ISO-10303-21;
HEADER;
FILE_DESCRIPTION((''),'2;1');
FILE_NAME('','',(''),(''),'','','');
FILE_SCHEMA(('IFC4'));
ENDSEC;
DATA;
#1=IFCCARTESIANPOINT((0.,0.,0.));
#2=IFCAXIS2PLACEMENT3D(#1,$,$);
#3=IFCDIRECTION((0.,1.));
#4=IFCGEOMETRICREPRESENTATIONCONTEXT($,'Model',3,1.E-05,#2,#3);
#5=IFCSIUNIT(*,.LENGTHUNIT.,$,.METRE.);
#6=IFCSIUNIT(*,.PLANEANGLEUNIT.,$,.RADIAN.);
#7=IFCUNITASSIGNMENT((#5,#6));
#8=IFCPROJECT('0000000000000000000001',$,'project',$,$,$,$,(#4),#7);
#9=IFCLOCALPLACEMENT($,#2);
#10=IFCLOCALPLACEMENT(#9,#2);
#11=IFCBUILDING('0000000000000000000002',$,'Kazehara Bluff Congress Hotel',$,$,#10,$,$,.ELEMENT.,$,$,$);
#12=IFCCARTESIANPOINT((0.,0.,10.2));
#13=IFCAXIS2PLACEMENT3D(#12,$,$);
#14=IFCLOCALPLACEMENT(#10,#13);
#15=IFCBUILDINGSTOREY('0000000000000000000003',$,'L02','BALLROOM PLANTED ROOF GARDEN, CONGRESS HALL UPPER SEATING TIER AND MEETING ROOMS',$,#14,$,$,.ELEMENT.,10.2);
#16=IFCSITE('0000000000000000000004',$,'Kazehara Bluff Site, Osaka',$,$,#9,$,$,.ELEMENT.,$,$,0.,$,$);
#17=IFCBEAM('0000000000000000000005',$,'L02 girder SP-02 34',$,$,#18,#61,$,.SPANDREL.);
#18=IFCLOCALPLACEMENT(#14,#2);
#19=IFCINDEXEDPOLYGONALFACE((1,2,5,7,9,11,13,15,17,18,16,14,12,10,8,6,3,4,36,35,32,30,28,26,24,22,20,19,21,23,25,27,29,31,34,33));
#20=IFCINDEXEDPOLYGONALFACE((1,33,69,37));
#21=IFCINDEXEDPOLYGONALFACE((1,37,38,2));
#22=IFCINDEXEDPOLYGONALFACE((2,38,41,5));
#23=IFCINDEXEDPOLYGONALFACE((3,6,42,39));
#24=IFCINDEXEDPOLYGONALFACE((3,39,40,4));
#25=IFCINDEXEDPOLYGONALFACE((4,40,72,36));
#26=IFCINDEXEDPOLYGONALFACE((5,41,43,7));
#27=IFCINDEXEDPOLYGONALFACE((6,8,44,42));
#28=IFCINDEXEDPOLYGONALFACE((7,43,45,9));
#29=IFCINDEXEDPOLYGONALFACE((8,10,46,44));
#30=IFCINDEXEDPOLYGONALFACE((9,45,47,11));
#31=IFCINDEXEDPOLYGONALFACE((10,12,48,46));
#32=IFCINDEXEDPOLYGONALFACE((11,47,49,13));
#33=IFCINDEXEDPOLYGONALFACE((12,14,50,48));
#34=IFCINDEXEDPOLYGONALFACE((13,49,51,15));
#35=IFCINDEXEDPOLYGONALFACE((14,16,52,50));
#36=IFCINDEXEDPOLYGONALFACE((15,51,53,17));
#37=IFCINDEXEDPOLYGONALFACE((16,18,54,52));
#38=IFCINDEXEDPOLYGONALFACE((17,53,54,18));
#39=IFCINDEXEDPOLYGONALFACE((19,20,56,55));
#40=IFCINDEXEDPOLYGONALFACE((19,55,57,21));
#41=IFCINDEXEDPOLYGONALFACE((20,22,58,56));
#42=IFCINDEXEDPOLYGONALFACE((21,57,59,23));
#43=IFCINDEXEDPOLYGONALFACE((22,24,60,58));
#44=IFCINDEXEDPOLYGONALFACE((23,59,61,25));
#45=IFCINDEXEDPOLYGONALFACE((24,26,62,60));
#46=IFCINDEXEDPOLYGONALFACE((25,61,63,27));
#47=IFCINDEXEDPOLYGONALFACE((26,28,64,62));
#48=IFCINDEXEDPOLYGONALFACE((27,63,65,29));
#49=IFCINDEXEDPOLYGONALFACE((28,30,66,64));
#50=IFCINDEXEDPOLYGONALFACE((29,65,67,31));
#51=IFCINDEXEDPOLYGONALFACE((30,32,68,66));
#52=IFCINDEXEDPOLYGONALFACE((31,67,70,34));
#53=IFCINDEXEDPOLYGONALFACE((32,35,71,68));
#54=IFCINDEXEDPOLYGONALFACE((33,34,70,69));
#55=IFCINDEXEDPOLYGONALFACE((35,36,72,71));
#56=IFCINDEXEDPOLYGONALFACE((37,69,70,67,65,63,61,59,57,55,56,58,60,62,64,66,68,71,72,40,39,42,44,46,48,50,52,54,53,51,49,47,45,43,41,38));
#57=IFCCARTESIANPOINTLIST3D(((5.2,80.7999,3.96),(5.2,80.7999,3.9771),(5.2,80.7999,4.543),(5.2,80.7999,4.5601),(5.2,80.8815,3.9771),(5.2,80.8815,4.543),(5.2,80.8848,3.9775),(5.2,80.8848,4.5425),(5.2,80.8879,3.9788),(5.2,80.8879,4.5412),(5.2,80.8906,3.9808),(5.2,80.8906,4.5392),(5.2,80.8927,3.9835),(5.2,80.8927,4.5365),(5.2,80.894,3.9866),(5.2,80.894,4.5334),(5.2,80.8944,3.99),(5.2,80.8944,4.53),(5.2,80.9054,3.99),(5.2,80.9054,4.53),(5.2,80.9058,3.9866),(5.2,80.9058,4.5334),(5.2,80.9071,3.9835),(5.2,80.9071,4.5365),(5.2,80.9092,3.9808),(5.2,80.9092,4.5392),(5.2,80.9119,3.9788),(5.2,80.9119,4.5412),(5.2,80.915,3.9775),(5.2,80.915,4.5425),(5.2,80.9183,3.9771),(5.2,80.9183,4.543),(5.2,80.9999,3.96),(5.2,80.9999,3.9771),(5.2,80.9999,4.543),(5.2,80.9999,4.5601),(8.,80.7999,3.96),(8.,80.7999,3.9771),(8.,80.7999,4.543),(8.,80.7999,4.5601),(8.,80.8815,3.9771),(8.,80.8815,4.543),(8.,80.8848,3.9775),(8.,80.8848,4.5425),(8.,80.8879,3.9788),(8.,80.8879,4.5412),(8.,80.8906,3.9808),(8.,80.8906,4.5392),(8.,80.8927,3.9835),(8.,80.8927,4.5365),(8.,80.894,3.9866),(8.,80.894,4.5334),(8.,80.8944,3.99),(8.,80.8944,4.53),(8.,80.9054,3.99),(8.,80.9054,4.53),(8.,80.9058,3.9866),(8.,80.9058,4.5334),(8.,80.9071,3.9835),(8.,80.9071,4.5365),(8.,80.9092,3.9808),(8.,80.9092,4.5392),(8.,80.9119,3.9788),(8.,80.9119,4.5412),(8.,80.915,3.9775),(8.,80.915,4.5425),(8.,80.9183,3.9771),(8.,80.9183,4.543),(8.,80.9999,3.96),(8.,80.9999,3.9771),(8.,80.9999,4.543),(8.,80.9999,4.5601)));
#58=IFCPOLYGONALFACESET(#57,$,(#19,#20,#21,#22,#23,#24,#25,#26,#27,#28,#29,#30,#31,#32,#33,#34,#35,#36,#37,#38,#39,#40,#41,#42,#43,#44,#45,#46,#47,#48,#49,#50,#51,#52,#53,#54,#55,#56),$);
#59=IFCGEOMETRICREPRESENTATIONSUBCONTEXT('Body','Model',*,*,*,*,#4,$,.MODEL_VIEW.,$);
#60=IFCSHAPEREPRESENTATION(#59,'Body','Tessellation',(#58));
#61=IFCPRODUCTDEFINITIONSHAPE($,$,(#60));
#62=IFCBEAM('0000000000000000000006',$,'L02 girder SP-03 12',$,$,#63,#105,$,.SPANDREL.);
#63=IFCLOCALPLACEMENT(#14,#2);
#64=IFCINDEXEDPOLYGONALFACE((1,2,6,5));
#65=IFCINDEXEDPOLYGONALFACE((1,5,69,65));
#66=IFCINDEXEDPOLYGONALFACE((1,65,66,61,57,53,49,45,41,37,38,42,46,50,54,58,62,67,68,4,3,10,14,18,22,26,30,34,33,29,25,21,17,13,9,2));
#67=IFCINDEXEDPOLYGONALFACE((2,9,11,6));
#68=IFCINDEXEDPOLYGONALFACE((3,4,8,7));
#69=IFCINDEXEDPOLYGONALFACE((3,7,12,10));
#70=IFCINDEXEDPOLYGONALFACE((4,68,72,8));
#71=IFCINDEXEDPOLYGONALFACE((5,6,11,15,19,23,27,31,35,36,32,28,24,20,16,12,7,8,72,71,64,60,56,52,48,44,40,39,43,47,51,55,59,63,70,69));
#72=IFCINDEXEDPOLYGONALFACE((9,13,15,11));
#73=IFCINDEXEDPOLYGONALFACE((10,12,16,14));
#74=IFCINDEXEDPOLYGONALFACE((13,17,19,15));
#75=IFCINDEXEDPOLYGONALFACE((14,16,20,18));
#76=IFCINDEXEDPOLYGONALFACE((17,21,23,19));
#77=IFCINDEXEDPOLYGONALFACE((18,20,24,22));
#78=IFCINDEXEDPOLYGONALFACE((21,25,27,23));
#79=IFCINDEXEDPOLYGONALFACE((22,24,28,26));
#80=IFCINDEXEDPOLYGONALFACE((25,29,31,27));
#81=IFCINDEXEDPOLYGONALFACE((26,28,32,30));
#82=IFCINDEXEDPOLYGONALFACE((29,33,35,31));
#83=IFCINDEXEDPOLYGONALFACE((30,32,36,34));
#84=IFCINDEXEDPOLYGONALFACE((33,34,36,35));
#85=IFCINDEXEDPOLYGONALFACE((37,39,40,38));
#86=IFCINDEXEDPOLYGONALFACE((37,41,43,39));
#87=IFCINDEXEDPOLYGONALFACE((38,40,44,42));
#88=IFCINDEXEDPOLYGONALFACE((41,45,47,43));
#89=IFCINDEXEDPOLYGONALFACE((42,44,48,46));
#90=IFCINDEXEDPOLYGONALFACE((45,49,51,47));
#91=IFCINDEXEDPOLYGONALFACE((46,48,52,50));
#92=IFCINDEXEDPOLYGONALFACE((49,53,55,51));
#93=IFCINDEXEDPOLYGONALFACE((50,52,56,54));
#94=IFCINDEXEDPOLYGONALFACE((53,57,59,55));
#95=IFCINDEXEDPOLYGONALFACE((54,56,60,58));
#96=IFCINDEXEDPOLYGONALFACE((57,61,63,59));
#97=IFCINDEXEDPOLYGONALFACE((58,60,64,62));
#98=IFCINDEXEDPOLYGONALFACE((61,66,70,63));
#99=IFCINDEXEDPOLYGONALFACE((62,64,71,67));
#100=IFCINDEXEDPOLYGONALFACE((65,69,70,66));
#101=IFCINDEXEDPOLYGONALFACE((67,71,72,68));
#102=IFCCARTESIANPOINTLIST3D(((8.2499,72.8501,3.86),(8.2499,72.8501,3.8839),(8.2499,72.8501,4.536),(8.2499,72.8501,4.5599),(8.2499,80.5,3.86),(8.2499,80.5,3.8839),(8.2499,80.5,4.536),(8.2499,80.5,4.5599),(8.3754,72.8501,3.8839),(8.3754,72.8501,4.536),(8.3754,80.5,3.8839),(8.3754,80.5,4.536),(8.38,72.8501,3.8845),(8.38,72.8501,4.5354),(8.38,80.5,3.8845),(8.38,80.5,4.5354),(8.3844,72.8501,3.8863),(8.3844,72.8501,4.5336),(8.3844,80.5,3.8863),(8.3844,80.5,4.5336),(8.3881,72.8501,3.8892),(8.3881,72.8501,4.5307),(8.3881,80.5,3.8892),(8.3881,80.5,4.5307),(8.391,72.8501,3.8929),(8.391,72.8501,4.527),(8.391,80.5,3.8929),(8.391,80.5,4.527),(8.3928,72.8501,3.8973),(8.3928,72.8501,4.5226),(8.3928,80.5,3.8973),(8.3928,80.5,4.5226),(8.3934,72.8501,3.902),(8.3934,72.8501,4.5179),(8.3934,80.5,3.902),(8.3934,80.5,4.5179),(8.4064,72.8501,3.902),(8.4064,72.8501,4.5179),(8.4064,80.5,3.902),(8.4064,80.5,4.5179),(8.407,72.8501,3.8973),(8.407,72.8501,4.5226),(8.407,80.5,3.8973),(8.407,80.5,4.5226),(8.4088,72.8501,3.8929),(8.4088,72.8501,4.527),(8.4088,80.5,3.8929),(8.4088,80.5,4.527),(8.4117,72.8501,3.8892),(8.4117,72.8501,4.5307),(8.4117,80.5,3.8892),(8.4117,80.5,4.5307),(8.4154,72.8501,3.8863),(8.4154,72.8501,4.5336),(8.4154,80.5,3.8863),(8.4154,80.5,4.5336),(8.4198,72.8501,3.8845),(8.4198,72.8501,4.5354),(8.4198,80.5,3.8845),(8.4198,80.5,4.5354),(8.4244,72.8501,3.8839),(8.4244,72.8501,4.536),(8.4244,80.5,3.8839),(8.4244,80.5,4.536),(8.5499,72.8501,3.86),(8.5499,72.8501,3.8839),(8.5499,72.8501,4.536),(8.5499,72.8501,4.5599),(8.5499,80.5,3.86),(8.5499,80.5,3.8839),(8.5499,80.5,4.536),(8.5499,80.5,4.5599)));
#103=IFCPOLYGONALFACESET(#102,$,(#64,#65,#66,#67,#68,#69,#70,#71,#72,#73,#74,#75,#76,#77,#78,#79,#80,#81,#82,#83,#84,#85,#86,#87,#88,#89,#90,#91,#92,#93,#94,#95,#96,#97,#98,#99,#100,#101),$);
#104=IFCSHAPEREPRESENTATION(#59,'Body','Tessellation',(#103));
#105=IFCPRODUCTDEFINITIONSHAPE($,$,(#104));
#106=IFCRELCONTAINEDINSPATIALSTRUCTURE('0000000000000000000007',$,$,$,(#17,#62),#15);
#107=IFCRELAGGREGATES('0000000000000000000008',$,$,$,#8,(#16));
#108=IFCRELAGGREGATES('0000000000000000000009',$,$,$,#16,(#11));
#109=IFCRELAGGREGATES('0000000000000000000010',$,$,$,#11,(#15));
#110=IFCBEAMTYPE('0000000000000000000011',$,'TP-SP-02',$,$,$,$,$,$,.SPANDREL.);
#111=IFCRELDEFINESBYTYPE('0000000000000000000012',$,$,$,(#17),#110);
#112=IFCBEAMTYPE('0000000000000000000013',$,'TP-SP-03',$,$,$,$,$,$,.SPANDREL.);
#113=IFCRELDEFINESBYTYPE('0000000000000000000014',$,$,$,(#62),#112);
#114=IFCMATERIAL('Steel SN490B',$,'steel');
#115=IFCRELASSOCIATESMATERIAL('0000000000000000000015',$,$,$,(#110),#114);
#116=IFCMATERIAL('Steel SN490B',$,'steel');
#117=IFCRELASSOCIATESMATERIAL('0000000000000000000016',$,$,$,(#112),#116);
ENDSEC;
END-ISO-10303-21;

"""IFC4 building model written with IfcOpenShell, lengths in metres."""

from ifc_helpers import new_model, si_unit, direction, frame, origin, origin_2d, place, context, subcontext, project, spatial, i_section, extrude, material, material_profile, profile_set, type_object, element, save


model = new_model("IFC4")

# Units and contexts
model_context = context("Model", 3, precision=1e-05, world=origin(), true_north=direction((0.0, 1.0)))
body_context = subcontext(model_context, "Body", "Model", "MODEL_VIEW")
ifc_project = project(units=[si_unit("LENGTHUNIT", "METRE"), si_unit("PLANEANGLEUNIT", "RADIAN")], contexts=[model_context])

# Site, building, storey
site_placement = place(None, origin())
site = spatial("IfcSite", under=ifc_project, at=site_placement, Name="Kazehara Bluff Site, Osaka", CompositionType="ELEMENT", RefElevation=0.0)
building_placement = place(site_placement, origin())
building = spatial("IfcBuilding", under=site, at=building_placement, Name="Kazehara Bluff Congress Hotel", CompositionType="ELEMENT")
storey_placement = place(building_placement, frame((0.0, 0.0, 10.2)))
storey = spatial("IfcBuildingStorey", under=building, at=storey_placement, Name="L02", Description="BALLROOM PLANTED ROOF GARDEN, CONGRESS HALL UPPER SEATING TIER AND MEETING ROOMS", CompositionType="ELEMENT", Elevation=10.2)

# Beams
ifc_material_1 = material(Name="Steel SN490B", Category="steel")
ifc_material_profile_1 = material_profile(ifc_material_1, i_section(OverallWidth=0.2, OverallDepth=0.6001, WebThickness=0.011, FlangeThickness=0.0171, FilletRadius=0.0129, at=origin_2d()))
ifc_profile_set_1 = profile_set([ifc_material_profile_1], Name="Steel SN490B")
beam_type_1 = type_object("IfcBeamType", Name="TP-SP-02", PredefinedType="SPANDREL", material=ifc_profile_set_1)
for number, where, z_axis, x_axis, name in (
    (1, (5.2, 80.8999, 4.26), (1.0, 0.0, 0.0), (0.0, 1.0, 0.0), "L02 girder SP-02 34"),
):
    element("IfcBeam", number, at=place(storey_placement, frame(where, z_axis=z_axis, x_axis=x_axis)), inside=storey, type_object=beam_type_1, Name=name, PredefinedType="SPANDREL", context=body_context, shape_type="SweptSolid", body=[
        extrude(i_section(OverallWidth=0.2, OverallDepth=0.6001, WebThickness=0.011, FlangeThickness=0.0171, FilletRadius=0.0129, at=origin_2d()), origin(), (0.0, 0.0, 1.0), 2.8),
    ])
ifc_material_2 = material(Name="Steel SN490B", Category="steel")
ifc_material_profile_2 = material_profile(ifc_material_2, i_section(OverallWidth=0.3, OverallDepth=0.7, WebThickness=0.0129, FlangeThickness=0.0239, FilletRadius=0.0181, at=origin_2d()))
ifc_profile_set_2 = profile_set([ifc_material_profile_2], Name="Steel SN490B")
beam_type_2 = type_object("IfcBeamType", Name="TP-SP-03", PredefinedType="SPANDREL", material=ifc_profile_set_2)
beam_1_placement = place(storey_placement, frame((8.3999, 72.8501, 4.21), z_axis=(0.0, 1.0, 0.0), x_axis=(-1.0, 0.0, 0.0)))
element("IfcBeam", 2, at=beam_1_placement, inside=storey, type_object=beam_type_2, Name="L02 girder SP-03 12", PredefinedType="SPANDREL", context=body_context, shape_type="SweptSolid", body=[
    extrude(i_section(OverallWidth=0.3, OverallDepth=0.7, WebThickness=0.0129, FlangeThickness=0.0239, FilletRadius=0.0181, at=origin_2d()), origin(), (0.0, 0.0, 1.0), 7.6499),
])

save(model, "model.ifc")
